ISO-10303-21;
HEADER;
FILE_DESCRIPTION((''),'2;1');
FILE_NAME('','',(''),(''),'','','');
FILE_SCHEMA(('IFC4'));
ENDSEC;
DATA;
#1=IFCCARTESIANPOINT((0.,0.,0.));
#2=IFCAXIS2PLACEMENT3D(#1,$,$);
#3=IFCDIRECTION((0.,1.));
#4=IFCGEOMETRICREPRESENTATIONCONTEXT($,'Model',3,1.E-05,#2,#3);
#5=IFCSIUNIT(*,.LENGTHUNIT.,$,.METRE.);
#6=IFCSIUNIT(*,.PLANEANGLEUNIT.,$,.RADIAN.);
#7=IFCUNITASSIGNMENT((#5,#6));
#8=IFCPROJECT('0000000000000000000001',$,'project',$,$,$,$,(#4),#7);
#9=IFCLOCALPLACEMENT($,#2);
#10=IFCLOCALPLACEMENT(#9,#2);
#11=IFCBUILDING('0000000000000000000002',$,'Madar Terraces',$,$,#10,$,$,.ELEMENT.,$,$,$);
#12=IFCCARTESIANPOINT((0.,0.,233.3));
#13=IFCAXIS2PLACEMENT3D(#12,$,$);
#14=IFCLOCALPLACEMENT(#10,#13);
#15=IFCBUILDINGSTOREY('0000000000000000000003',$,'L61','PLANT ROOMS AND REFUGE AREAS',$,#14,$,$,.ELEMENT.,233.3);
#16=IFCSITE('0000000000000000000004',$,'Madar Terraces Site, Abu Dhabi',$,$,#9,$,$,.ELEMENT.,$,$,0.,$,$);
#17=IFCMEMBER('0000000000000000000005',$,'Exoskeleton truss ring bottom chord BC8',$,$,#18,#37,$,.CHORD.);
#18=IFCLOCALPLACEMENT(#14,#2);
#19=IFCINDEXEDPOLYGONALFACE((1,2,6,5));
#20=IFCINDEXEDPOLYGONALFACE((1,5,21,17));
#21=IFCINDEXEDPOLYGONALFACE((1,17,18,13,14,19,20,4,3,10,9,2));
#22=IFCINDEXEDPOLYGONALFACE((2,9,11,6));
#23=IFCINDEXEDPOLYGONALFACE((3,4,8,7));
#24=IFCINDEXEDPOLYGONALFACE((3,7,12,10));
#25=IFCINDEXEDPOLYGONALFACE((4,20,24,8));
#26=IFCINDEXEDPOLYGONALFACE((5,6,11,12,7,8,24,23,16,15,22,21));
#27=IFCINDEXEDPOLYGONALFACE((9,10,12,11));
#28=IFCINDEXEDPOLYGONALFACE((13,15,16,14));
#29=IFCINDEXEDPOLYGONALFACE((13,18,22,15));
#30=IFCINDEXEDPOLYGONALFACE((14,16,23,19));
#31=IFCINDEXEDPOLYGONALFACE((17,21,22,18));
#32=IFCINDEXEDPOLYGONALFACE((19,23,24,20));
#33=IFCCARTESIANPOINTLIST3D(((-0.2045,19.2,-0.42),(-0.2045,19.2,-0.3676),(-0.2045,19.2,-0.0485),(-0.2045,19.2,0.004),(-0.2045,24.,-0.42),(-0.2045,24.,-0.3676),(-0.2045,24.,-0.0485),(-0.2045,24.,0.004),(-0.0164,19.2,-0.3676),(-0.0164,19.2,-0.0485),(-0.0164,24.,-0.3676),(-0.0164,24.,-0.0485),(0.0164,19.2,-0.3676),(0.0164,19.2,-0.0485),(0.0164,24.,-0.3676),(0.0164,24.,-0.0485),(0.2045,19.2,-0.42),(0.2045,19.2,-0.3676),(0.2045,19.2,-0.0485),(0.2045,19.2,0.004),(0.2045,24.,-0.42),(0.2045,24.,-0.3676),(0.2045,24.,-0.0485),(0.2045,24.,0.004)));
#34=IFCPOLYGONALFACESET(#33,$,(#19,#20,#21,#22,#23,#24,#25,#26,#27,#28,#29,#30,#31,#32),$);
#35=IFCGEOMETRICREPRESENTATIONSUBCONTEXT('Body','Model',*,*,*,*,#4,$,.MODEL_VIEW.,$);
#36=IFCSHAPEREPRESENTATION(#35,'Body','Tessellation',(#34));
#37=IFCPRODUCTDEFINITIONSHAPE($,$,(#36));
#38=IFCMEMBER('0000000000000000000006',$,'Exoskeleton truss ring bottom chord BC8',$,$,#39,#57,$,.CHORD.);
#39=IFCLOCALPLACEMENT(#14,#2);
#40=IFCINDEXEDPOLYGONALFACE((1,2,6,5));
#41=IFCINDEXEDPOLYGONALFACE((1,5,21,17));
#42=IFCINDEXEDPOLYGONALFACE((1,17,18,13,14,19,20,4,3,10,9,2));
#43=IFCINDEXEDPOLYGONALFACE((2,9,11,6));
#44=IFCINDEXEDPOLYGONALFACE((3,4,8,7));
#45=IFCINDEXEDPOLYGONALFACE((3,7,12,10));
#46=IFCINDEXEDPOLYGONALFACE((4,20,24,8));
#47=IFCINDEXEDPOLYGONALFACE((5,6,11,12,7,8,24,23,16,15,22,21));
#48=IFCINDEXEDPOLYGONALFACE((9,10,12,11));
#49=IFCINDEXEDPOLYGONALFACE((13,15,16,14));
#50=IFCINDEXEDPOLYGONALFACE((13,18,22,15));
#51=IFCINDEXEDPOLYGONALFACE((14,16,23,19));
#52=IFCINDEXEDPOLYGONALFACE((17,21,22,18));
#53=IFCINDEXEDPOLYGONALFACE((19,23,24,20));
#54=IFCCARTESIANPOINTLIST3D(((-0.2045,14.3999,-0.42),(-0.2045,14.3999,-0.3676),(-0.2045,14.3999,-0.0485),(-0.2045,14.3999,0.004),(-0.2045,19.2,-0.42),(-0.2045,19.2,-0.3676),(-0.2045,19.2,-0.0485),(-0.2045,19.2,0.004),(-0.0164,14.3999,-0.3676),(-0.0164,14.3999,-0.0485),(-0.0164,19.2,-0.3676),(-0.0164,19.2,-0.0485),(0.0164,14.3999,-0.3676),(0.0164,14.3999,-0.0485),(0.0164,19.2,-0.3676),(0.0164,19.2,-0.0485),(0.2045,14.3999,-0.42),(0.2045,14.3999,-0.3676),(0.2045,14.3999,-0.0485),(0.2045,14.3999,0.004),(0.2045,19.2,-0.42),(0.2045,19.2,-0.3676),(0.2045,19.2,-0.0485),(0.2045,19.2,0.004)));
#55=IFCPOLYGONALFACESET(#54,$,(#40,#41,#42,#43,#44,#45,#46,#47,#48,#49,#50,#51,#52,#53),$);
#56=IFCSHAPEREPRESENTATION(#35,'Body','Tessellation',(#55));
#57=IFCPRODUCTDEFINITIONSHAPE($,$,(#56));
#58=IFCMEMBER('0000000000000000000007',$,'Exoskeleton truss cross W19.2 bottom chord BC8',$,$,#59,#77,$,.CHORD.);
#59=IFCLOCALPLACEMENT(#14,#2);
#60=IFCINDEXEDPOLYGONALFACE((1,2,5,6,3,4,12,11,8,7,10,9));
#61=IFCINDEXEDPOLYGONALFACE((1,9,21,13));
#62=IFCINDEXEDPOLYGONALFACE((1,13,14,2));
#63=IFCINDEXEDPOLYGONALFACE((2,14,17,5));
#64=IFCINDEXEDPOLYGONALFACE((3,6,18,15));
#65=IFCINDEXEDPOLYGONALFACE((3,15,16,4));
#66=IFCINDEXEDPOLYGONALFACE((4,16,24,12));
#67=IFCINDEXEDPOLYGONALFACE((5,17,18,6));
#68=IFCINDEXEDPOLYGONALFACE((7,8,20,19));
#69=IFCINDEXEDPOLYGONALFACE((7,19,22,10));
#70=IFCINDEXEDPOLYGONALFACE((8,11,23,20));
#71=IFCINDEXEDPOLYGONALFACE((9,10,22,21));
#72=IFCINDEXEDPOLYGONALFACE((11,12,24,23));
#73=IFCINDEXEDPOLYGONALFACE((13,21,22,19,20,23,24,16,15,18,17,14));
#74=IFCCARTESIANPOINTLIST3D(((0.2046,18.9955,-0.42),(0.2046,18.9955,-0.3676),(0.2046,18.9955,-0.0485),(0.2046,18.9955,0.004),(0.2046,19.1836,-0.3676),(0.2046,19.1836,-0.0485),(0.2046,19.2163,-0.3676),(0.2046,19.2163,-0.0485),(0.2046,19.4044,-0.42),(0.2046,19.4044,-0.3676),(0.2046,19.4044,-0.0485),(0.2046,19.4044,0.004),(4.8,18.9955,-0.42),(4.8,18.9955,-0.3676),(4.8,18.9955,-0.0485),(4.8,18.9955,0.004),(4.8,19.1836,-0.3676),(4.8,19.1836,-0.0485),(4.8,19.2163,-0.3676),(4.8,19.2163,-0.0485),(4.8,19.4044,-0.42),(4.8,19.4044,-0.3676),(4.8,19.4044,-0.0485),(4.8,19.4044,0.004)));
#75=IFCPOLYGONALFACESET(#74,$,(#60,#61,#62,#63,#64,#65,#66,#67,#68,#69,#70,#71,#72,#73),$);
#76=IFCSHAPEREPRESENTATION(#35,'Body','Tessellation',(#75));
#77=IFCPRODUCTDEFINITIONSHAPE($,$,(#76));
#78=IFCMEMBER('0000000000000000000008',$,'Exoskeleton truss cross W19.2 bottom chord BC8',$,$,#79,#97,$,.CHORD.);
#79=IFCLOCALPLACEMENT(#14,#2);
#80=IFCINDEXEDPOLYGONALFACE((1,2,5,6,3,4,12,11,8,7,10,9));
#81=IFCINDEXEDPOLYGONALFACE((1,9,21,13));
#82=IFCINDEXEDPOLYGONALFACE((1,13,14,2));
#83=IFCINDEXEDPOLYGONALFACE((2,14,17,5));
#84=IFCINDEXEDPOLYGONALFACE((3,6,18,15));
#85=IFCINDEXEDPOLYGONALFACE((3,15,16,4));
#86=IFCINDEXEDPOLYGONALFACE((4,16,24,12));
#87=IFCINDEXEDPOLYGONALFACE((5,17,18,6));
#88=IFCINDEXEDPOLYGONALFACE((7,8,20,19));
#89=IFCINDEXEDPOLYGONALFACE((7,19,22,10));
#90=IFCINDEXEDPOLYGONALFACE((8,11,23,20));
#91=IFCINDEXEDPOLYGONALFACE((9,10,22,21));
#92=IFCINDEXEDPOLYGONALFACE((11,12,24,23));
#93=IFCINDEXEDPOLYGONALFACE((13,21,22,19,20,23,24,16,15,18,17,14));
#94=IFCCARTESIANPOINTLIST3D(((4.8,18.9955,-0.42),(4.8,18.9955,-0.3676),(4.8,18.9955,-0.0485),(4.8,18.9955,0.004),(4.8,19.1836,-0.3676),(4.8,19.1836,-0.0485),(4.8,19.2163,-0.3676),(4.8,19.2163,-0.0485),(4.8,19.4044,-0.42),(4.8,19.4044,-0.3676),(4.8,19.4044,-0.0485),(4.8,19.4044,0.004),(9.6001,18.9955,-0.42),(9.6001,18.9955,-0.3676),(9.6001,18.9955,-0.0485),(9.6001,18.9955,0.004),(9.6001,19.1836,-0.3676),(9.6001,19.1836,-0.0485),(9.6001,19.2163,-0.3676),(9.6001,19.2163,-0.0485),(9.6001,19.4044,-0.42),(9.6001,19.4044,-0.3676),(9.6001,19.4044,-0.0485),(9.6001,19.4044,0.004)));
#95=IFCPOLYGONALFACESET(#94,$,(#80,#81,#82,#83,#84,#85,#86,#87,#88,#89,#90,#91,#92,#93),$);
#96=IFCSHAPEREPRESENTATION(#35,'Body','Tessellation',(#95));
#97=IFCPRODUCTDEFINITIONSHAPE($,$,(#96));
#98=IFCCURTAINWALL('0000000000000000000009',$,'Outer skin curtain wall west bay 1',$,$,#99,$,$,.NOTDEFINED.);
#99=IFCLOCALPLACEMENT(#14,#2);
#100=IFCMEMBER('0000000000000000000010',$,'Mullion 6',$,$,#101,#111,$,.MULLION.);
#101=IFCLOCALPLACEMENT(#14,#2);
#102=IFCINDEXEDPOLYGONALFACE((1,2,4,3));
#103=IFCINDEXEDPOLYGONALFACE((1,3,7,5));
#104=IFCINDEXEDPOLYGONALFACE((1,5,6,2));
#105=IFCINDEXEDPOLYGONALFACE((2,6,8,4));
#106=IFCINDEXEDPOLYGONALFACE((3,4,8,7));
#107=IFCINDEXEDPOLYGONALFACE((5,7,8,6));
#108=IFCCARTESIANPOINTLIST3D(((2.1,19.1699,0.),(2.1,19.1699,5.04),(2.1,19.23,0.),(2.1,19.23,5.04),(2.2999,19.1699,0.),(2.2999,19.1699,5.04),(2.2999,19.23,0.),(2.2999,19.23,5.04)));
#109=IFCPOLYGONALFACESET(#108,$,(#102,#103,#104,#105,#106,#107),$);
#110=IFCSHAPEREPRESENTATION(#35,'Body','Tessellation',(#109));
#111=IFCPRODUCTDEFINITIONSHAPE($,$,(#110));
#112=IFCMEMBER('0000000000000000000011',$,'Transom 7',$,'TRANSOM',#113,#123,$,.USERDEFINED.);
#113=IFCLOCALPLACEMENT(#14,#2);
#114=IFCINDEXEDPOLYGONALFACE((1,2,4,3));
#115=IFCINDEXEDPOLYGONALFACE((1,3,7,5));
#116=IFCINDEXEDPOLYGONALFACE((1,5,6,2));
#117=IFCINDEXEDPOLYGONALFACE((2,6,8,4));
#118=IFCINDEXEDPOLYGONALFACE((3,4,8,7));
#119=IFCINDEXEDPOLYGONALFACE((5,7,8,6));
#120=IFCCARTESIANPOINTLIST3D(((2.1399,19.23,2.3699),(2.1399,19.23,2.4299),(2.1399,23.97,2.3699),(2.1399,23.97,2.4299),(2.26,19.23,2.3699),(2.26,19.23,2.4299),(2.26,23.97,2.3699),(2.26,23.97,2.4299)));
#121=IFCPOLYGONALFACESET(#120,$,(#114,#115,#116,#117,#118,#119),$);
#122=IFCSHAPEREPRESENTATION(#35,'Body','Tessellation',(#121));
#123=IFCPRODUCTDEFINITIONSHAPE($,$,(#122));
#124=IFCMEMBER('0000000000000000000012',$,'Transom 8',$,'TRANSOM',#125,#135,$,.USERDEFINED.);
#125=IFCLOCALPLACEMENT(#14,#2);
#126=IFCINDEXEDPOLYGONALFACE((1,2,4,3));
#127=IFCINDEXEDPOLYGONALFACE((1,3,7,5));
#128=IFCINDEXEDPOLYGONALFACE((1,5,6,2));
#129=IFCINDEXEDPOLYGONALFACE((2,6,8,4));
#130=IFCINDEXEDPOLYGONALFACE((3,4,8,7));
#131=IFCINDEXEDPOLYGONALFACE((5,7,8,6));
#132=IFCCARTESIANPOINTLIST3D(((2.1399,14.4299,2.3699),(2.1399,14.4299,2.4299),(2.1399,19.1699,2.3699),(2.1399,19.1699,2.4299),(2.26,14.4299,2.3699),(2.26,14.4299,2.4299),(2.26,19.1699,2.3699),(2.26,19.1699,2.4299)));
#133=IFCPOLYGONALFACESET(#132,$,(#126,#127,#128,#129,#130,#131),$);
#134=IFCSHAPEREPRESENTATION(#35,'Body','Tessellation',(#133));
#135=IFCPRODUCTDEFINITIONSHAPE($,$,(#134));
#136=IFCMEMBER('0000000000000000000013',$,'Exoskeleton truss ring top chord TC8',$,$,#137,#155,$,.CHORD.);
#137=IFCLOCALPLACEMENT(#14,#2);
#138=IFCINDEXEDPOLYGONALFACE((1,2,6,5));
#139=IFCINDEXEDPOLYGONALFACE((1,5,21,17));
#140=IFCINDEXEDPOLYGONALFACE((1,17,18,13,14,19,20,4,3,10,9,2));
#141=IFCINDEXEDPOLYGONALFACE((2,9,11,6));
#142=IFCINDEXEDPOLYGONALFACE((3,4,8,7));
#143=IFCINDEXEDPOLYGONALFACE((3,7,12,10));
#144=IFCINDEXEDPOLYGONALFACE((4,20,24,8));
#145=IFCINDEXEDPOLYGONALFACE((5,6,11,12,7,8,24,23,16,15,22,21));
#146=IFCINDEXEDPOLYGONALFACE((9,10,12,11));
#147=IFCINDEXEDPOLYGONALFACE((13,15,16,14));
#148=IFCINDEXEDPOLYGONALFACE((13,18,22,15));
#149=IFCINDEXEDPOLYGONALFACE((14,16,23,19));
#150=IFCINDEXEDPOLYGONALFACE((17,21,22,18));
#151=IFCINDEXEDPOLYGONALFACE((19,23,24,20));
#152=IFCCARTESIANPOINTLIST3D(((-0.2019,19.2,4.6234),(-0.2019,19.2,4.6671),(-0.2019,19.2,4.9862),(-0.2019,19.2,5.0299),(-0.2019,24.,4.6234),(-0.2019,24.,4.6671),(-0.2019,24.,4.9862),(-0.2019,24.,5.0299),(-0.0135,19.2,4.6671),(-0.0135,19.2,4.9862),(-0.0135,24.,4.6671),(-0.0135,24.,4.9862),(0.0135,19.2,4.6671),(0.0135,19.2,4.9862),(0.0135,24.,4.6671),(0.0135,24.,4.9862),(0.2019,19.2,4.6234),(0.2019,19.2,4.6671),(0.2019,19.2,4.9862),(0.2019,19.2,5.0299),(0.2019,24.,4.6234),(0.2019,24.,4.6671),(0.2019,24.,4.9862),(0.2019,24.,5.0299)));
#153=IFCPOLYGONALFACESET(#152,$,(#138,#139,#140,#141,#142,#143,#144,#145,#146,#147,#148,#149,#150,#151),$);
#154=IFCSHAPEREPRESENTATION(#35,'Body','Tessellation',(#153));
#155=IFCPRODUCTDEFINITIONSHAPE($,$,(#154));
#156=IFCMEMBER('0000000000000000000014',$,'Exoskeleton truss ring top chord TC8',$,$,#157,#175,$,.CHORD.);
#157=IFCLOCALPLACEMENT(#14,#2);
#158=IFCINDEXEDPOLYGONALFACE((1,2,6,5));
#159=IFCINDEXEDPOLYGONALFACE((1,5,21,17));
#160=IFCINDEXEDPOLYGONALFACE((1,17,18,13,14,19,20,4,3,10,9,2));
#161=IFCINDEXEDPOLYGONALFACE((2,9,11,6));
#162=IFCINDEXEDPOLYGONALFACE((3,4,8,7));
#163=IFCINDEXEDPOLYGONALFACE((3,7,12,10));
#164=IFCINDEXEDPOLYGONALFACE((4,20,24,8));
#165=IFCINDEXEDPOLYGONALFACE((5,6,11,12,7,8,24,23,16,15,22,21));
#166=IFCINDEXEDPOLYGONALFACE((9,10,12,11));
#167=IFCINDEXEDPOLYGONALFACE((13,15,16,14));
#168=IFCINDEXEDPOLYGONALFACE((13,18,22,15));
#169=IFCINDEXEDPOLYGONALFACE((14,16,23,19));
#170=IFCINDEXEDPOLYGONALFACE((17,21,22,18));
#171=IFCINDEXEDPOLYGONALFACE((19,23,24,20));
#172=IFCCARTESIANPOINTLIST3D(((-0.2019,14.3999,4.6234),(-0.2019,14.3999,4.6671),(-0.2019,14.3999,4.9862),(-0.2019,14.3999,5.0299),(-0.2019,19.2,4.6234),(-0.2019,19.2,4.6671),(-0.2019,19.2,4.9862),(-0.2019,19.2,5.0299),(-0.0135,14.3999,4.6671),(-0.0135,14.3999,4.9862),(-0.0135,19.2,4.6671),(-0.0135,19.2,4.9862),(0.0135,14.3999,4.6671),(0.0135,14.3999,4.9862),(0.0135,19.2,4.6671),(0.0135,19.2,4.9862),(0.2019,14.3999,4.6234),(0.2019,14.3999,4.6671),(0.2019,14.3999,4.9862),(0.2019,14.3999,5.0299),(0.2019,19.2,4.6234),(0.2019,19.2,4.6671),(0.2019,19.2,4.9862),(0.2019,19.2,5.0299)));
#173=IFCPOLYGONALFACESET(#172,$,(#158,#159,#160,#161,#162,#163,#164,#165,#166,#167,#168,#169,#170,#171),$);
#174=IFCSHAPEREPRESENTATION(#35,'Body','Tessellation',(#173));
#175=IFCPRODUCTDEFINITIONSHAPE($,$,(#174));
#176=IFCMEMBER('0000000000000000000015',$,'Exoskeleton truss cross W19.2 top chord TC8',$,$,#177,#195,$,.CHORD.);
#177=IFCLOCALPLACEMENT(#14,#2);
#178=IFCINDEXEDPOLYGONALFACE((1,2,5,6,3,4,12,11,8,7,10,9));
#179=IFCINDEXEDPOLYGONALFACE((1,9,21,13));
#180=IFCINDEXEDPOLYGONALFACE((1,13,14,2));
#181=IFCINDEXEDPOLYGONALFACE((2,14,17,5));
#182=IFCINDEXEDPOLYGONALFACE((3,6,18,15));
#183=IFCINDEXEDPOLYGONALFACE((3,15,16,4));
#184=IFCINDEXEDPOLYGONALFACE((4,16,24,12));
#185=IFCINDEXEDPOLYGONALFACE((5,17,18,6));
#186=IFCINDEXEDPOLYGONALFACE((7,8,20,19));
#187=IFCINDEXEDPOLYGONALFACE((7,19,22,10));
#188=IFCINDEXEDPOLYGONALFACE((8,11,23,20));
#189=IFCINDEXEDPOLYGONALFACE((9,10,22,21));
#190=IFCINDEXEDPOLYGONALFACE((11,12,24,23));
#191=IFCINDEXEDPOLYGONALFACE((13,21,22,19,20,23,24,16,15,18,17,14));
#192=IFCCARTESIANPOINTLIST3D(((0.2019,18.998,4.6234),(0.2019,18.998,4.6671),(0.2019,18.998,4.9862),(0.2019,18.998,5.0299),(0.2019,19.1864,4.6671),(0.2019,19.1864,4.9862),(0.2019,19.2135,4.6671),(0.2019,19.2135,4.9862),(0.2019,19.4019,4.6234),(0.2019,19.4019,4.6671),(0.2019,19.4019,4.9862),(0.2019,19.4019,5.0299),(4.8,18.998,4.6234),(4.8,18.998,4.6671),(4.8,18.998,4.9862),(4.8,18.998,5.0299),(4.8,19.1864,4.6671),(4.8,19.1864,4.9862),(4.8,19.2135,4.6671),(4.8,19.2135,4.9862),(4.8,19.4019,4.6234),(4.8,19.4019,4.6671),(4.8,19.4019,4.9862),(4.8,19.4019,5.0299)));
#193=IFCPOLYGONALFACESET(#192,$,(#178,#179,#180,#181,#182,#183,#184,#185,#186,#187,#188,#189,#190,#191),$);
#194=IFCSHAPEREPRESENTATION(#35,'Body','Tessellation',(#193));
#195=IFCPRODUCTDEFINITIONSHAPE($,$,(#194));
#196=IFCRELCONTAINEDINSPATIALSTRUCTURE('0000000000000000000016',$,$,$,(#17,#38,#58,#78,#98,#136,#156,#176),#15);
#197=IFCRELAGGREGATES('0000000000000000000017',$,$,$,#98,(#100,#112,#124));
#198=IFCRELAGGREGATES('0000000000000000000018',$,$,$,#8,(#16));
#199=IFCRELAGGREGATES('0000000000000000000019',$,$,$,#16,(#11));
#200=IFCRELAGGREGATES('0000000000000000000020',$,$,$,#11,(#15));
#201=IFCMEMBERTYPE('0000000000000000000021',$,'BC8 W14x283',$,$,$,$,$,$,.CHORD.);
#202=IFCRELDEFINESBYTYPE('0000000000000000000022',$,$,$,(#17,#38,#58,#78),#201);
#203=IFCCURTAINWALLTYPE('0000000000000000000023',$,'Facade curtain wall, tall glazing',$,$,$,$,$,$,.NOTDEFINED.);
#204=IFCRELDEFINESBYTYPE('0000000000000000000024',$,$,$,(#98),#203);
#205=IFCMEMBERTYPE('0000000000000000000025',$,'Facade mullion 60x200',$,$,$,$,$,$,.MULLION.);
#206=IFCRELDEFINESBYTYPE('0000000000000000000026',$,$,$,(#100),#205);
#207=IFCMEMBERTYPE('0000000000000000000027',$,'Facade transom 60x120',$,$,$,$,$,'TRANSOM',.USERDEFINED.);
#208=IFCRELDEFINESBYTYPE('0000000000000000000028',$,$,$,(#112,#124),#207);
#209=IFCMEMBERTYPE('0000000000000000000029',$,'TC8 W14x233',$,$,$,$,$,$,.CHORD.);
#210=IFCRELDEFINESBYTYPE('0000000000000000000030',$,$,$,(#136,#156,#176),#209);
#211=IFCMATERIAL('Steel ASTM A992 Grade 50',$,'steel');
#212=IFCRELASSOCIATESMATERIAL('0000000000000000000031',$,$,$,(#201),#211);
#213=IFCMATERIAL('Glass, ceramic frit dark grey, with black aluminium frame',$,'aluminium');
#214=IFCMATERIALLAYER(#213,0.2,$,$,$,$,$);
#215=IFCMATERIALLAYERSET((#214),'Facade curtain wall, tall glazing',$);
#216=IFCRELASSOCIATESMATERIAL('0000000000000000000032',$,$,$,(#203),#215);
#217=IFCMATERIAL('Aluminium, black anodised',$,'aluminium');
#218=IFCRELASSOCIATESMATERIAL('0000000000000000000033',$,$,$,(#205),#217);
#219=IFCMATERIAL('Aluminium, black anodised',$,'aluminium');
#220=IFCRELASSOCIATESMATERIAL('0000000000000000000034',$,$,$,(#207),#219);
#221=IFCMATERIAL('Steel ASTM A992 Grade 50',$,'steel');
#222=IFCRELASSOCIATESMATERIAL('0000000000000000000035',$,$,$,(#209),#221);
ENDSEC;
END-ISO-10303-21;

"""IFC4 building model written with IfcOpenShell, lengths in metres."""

from ifc_helpers import new_model, si_unit, direction, frame, origin, origin_2d, place, context, subcontext, project, spatial, rectangle, i_section, extrude, material, layer, layer_set, material_profile, profile_set, type_object, element, aggregate, save


model = new_model("IFC4")

# Units and contexts
model_context = context("Model", 3, precision=1e-05, world=origin(), true_north=direction((0.0, 1.0)))
body_context = subcontext(model_context, "Body", "Model", "MODEL_VIEW")
ifc_project = project(units=[si_unit("LENGTHUNIT", "METRE"), si_unit("PLANEANGLEUNIT", "RADIAN")], contexts=[model_context])

# Site, building, storey
site_placement = place(None, origin())
site = spatial("IfcSite", under=ifc_project, at=site_placement, Name="Madar Terraces Site, Abu Dhabi", CompositionType="ELEMENT", RefElevation=0.0)
building_placement = place(site_placement, origin())
building = spatial("IfcBuilding", under=site, at=building_placement, Name="Madar Terraces", CompositionType="ELEMENT")
storey_placement = place(building_placement, frame((0.0, 0.0, 233.3)))
storey = spatial("IfcBuildingStorey", under=building, at=storey_placement, Name="L61", Description="PLANT ROOMS AND REFUGE AREAS", CompositionType="ELEMENT", Elevation=233.3)

# Members
ifc_material_1 = material(Name="Steel ASTM A992 Grade 50", Category="steel")
ifc_material_profile_1 = material_profile(ifc_material_1, i_section(OverallWidth=0.4089, OverallDepth=0.4241, WebThickness=0.0327, FlangeThickness=0.0525, at=origin_2d()), Name="W14x283")
ifc_profile_set_1 = profile_set([ifc_material_profile_1], Name="Steel ASTM A992 Grade 50")
member_type_1 = type_object("IfcMemberType", Name="BC8 W14x283", PredefinedType="CHORD", material=ifc_profile_set_1)
for number, where, z_axis, x_axis, name in (
    (1, (0.0, 24.0, -0.208), (0.0, -1.0, 0.0), (1.0, 0.0, 0.0), "Exoskeleton truss ring bottom chord BC8"),
    (2, (0.0, 19.2, -0.208), (0.0, -1.0, 0.0), (1.0, 0.0, 0.0), "Exoskeleton truss ring bottom chord BC8"),
):
    element("IfcMember", number, at=place(storey_placement, frame(where, z_axis=z_axis, x_axis=x_axis)), inside=storey, type_object=member_type_1, Name=name, PredefinedType="CHORD", context=body_context, shape_type="SweptSolid", body=[
        extrude(i_section(OverallWidth=0.4089, OverallDepth=0.4241, WebThickness=0.0327, FlangeThickness=0.0525, at=origin_2d()), origin(), (0.0, 0.0, 1.0), 4.8),
    ])
member_1_placement = place(storey_placement, frame((0.2046, 19.2, -0.208), z_axis=(1.0, 0.0, 0.0), x_axis=(0.0, 1.0, 0.0)))
element("IfcMember", 3, at=member_1_placement, inside=storey, type_object=member_type_1, Name="Exoskeleton truss cross W19.2 bottom chord BC8", PredefinedType="CHORD", context=body_context, shape_type="SweptSolid", body=[
    extrude(i_section(OverallWidth=0.4089, OverallDepth=0.4241, WebThickness=0.0327, FlangeThickness=0.0525, at=origin_2d()), origin(), (0.0, 0.0, 1.0), 4.5955),
])
member_2_placement = place(storey_placement, frame((4.8, 19.2, -0.208), z_axis=(1.0, 0.0, 0.0), x_axis=(0.0, 1.0, 0.0)))
element("IfcMember", 4, at=member_2_placement, inside=storey, type_object=member_type_1, Name="Exoskeleton truss cross W19.2 bottom chord BC8", PredefinedType="CHORD", context=body_context, shape_type="SweptSolid", body=[
    extrude(i_section(OverallWidth=0.4089, OverallDepth=0.4241, WebThickness=0.0327, FlangeThickness=0.0525, at=origin_2d()), origin(), (0.0, 0.0, 1.0), 4.8),
])

# Curtain wall, members
ifc_material_2 = material(Name="Glass, ceramic frit dark grey, with black aluminium frame", Category="aluminium")
ifc_layer_1 = layer(ifc_material_2, 0.2)
ifc_layer_set_1 = layer_set([ifc_layer_1], Name="Facade curtain wall, tall glazing")
curtain_wall_type = type_object("IfcCurtainWallType", Name="Facade curtain wall, tall glazing", PredefinedType="NOTDEFINED", material=ifc_layer_set_1)
curtain_wall_placement = place(storey_placement, origin())
curtain_wall = element("IfcCurtainWall", 5, at=curtain_wall_placement, inside=storey, type_object=curtain_wall_type, Name="Outer skin curtain wall west bay 1", PredefinedType="NOTDEFINED")
ifc_material_3 = material(Name="Aluminium, black anodised", Category="aluminium")
ifc_material_profile_2 = material_profile(ifc_material_3, rectangle(XDim=0.2, YDim=0.0601, at=origin_2d()), Name="Facade mullion 60x200")
ifc_profile_set_2 = profile_set([ifc_material_profile_2], Name="Aluminium, black anodised")
member_type_2 = type_object("IfcMemberType", Name="Facade mullion 60x200", PredefinedType="MULLION", material=ifc_profile_set_2)
member_3_placement = place(storey_placement, frame((2.2, 19.2, 0.0), z_axis=(0.0, 0.0, 1.0), x_axis=(1.0, 0.0, 0.0)))
member_3 = element("IfcMember", 6, at=member_3_placement, type_object=member_type_2, Name="Mullion 6", PredefinedType="MULLION", context=body_context, shape_type="SweptSolid", body=[
    extrude(rectangle(XDim=0.2, YDim=0.0601, at=origin_2d()), origin(), (0.0, 0.0, 1.0), 5.04),
])
ifc_material_4 = material(Name="Aluminium, black anodised", Category="aluminium")
ifc_material_profile_3 = material_profile(ifc_material_4, rectangle(XDim=0.1201, YDim=0.0601, at=origin_2d()), Name="Facade transom 60x120")
ifc_profile_set_3 = profile_set([ifc_material_profile_3], Name="Aluminium, black anodised")
member_type_3 = type_object("IfcMemberType", Name="Facade transom 60x120", ElementType="TRANSOM", PredefinedType="USERDEFINED", material=ifc_profile_set_3)
member_4_placement = place(storey_placement, frame((2.2, 23.97, 2.3999), z_axis=(0.0, -1.0, 0.0), x_axis=(1.0, 0.0, 0.0)))
member_4 = element("IfcMember", 7, at=member_4_placement, type_object=member_type_3, Name="Transom 7", ObjectType="TRANSOM", PredefinedType="USERDEFINED", context=body_context, shape_type="SweptSolid", body=[
    extrude(rectangle(XDim=0.1201, YDim=0.0601, at=origin_2d()), origin(), (0.0, 0.0, 1.0), 4.74),
])
member_5_placement = place(storey_placement, frame((2.2, 19.1699, 2.3999), z_axis=(0.0, -1.0, 0.0), x_axis=(1.0, 0.0, 0.0)))
member_5 = element("IfcMember", 8, at=member_5_placement, type_object=member_type_3, Name="Transom 8", ObjectType="TRANSOM", PredefinedType="USERDEFINED", context=body_context, shape_type="SweptSolid", body=[
    extrude(rectangle(XDim=0.1201, YDim=0.0601, at=origin_2d()), origin(), (0.0, 0.0, 1.0), 4.74),
])

# Members
ifc_material_5 = material(Name="Steel ASTM A992 Grade 50", Category="steel")
ifc_material_profile_4 = material_profile(ifc_material_5, i_section(OverallWidth=0.4038, OverallDepth=0.4065, WebThickness=0.0271, FlangeThickness=0.0437, at=origin_2d()), Name="W14x233")
ifc_profile_set_4 = profile_set([ifc_material_profile_4], Name="Steel ASTM A992 Grade 50")
member_type_4 = type_object("IfcMemberType", Name="TC8 W14x233", PredefinedType="CHORD", material=ifc_profile_set_4)
for number, where, z_axis, x_axis, name in (
    (9, (0.0, 24.0, 4.8267), (0.0, -1.0, 0.0), (1.0, 0.0, 0.0), "Exoskeleton truss ring top chord TC8"),
    (10, (0.0, 19.2, 4.8267), (0.0, -1.0, 0.0), (1.0, 0.0, 0.0), "Exoskeleton truss ring top chord TC8"),
):
    element("IfcMember", number, at=place(storey_placement, frame(where, z_axis=z_axis, x_axis=x_axis)), inside=storey, type_object=member_type_4, Name=name, PredefinedType="CHORD", context=body_context, shape_type="SweptSolid", body=[
        extrude(i_section(OverallWidth=0.4038, OverallDepth=0.4065, WebThickness=0.0271, FlangeThickness=0.0437, at=origin_2d()), origin(), (0.0, 0.0, 1.0), 4.8),
    ])
member_6_placement = place(storey_placement, frame((0.2019, 19.2, 4.8267), z_axis=(1.0, 0.0, 0.0), x_axis=(0.0, 1.0, 0.0)))
element("IfcMember", 11, at=member_6_placement, inside=storey, type_object=member_type_4, Name="Exoskeleton truss cross W19.2 top chord TC8", PredefinedType="CHORD", context=body_context, shape_type="SweptSolid", body=[
    extrude(i_section(OverallWidth=0.4038, OverallDepth=0.4065, WebThickness=0.0271, FlangeThickness=0.0437, at=origin_2d()), origin(), (0.0, 0.0, 1.0), 4.5981),
])

aggregate(curtain_wall, [member_3, member_4, member_5])

save(model, "model.ifc")
